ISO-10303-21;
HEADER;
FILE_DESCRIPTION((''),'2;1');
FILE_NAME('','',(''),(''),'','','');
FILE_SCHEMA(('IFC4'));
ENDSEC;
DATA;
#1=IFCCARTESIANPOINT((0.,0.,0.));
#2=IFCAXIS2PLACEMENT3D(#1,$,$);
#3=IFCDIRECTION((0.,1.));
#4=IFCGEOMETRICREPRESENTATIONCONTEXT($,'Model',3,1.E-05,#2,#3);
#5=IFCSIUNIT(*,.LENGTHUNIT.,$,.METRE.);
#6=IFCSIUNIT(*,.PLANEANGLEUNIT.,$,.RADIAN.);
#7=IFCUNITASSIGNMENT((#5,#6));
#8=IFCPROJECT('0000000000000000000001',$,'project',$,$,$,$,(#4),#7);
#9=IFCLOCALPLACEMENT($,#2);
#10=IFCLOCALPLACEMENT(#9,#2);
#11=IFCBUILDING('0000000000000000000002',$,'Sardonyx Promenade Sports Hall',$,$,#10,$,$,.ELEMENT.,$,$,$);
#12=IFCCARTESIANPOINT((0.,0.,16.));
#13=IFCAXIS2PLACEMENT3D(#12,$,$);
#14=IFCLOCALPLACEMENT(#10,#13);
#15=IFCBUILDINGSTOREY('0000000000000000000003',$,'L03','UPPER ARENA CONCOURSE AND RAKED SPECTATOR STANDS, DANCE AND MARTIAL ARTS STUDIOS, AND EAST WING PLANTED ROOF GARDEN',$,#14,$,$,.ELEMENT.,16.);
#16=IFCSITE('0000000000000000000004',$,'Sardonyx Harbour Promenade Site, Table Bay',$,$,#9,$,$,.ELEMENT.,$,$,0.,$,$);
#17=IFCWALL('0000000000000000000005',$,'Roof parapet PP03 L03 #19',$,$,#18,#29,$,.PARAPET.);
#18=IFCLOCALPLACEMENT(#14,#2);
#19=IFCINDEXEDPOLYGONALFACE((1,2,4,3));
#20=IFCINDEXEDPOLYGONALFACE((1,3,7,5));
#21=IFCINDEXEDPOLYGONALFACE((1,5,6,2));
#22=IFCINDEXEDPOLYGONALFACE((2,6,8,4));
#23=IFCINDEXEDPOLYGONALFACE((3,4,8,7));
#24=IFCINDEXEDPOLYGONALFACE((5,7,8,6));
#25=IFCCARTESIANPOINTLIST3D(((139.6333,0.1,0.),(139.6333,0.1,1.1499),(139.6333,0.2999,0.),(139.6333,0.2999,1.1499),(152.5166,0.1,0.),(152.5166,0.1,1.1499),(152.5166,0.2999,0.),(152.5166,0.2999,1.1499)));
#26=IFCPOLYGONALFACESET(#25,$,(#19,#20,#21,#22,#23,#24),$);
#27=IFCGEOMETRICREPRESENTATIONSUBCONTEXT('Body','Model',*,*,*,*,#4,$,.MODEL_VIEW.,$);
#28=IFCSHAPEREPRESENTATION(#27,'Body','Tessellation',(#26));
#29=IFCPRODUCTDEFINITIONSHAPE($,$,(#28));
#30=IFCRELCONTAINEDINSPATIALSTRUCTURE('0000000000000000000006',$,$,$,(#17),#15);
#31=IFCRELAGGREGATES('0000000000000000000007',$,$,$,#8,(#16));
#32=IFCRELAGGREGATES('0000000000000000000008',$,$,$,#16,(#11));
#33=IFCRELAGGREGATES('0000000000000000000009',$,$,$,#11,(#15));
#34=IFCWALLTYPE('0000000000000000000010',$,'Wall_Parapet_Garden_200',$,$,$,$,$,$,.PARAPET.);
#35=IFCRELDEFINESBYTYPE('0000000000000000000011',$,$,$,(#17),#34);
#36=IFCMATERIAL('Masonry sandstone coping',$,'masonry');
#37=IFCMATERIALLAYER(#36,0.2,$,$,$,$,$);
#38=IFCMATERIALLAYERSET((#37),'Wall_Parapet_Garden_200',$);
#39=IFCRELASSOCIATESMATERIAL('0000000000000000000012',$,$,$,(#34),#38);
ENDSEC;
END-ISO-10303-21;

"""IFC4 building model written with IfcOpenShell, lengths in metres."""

from ifc_helpers import new_model, si_unit, direction, frame, frame_2d, origin, place, context, subcontext, project, spatial, rectangle, extrude, material, layer, layer_set, type_object, element, save


model = new_model("IFC4")

# Units and contexts
model_context = context("Model", 3, precision=1e-05, world=origin(), true_north=direction((0.0, 1.0)))
body_context = subcontext(model_context, "Body", "Model", "MODEL_VIEW")
ifc_project = project(units=[si_unit("LENGTHUNIT", "METRE"), si_unit("PLANEANGLEUNIT", "RADIAN")], contexts=[model_context])

# Site, building, storey
site_placement = place(None, origin())
site = spatial("IfcSite", under=ifc_project, at=site_placement, Name="Sardonyx Harbour Promenade Site, Table Bay", CompositionType="ELEMENT", RefElevation=0.0)
building_placement = place(site_placement, origin())
building = spatial("IfcBuilding", under=site, at=building_placement, Name="Sardonyx Promenade Sports Hall", CompositionType="ELEMENT")
storey_placement = place(building_placement, frame((0.0, 0.0, 16.0)))
storey = spatial("IfcBuildingStorey", under=building, at=storey_placement, Name="L03", Description="UPPER ARENA CONCOURSE AND RAKED SPECTATOR STANDS, DANCE AND MARTIAL ARTS STUDIOS, AND EAST WING PLANTED ROOF GARDEN", CompositionType="ELEMENT", Elevation=16.0)

# Wall
ifc_material_1 = material(Name="Masonry sandstone coping", Category="masonry")
ifc_layer = layer(ifc_material_1, 0.2)
ifc_layer_set = layer_set([ifc_layer], Name="Wall_Parapet_Garden_200")
wall_type = type_object("IfcWallType", Name="Wall_Parapet_Garden_200", PredefinedType="PARAPET", material=ifc_layer_set)
for number, where, z_axis, x_axis, name in (
    (1, (139.6333, 0.2, 0.0), (0.0, 0.0, 1.0), (1.0, 0.0, 0.0), "Roof parapet PP03 L03 #19"),
):
    element("IfcWall", number, at=place(storey_placement, frame(where, z_axis=z_axis, x_axis=x_axis)), inside=storey, type_object=wall_type, Name=name, PredefinedType="PARAPET", context=body_context, shape_type="SweptSolid", body=[
        extrude(rectangle(XDim=12.8833, YDim=0.2, at=frame_2d((6.4417, 0.0))), origin(), (0.0, 0.0, 1.0), 1.1499),
    ])

save(model, "model.ifc")
